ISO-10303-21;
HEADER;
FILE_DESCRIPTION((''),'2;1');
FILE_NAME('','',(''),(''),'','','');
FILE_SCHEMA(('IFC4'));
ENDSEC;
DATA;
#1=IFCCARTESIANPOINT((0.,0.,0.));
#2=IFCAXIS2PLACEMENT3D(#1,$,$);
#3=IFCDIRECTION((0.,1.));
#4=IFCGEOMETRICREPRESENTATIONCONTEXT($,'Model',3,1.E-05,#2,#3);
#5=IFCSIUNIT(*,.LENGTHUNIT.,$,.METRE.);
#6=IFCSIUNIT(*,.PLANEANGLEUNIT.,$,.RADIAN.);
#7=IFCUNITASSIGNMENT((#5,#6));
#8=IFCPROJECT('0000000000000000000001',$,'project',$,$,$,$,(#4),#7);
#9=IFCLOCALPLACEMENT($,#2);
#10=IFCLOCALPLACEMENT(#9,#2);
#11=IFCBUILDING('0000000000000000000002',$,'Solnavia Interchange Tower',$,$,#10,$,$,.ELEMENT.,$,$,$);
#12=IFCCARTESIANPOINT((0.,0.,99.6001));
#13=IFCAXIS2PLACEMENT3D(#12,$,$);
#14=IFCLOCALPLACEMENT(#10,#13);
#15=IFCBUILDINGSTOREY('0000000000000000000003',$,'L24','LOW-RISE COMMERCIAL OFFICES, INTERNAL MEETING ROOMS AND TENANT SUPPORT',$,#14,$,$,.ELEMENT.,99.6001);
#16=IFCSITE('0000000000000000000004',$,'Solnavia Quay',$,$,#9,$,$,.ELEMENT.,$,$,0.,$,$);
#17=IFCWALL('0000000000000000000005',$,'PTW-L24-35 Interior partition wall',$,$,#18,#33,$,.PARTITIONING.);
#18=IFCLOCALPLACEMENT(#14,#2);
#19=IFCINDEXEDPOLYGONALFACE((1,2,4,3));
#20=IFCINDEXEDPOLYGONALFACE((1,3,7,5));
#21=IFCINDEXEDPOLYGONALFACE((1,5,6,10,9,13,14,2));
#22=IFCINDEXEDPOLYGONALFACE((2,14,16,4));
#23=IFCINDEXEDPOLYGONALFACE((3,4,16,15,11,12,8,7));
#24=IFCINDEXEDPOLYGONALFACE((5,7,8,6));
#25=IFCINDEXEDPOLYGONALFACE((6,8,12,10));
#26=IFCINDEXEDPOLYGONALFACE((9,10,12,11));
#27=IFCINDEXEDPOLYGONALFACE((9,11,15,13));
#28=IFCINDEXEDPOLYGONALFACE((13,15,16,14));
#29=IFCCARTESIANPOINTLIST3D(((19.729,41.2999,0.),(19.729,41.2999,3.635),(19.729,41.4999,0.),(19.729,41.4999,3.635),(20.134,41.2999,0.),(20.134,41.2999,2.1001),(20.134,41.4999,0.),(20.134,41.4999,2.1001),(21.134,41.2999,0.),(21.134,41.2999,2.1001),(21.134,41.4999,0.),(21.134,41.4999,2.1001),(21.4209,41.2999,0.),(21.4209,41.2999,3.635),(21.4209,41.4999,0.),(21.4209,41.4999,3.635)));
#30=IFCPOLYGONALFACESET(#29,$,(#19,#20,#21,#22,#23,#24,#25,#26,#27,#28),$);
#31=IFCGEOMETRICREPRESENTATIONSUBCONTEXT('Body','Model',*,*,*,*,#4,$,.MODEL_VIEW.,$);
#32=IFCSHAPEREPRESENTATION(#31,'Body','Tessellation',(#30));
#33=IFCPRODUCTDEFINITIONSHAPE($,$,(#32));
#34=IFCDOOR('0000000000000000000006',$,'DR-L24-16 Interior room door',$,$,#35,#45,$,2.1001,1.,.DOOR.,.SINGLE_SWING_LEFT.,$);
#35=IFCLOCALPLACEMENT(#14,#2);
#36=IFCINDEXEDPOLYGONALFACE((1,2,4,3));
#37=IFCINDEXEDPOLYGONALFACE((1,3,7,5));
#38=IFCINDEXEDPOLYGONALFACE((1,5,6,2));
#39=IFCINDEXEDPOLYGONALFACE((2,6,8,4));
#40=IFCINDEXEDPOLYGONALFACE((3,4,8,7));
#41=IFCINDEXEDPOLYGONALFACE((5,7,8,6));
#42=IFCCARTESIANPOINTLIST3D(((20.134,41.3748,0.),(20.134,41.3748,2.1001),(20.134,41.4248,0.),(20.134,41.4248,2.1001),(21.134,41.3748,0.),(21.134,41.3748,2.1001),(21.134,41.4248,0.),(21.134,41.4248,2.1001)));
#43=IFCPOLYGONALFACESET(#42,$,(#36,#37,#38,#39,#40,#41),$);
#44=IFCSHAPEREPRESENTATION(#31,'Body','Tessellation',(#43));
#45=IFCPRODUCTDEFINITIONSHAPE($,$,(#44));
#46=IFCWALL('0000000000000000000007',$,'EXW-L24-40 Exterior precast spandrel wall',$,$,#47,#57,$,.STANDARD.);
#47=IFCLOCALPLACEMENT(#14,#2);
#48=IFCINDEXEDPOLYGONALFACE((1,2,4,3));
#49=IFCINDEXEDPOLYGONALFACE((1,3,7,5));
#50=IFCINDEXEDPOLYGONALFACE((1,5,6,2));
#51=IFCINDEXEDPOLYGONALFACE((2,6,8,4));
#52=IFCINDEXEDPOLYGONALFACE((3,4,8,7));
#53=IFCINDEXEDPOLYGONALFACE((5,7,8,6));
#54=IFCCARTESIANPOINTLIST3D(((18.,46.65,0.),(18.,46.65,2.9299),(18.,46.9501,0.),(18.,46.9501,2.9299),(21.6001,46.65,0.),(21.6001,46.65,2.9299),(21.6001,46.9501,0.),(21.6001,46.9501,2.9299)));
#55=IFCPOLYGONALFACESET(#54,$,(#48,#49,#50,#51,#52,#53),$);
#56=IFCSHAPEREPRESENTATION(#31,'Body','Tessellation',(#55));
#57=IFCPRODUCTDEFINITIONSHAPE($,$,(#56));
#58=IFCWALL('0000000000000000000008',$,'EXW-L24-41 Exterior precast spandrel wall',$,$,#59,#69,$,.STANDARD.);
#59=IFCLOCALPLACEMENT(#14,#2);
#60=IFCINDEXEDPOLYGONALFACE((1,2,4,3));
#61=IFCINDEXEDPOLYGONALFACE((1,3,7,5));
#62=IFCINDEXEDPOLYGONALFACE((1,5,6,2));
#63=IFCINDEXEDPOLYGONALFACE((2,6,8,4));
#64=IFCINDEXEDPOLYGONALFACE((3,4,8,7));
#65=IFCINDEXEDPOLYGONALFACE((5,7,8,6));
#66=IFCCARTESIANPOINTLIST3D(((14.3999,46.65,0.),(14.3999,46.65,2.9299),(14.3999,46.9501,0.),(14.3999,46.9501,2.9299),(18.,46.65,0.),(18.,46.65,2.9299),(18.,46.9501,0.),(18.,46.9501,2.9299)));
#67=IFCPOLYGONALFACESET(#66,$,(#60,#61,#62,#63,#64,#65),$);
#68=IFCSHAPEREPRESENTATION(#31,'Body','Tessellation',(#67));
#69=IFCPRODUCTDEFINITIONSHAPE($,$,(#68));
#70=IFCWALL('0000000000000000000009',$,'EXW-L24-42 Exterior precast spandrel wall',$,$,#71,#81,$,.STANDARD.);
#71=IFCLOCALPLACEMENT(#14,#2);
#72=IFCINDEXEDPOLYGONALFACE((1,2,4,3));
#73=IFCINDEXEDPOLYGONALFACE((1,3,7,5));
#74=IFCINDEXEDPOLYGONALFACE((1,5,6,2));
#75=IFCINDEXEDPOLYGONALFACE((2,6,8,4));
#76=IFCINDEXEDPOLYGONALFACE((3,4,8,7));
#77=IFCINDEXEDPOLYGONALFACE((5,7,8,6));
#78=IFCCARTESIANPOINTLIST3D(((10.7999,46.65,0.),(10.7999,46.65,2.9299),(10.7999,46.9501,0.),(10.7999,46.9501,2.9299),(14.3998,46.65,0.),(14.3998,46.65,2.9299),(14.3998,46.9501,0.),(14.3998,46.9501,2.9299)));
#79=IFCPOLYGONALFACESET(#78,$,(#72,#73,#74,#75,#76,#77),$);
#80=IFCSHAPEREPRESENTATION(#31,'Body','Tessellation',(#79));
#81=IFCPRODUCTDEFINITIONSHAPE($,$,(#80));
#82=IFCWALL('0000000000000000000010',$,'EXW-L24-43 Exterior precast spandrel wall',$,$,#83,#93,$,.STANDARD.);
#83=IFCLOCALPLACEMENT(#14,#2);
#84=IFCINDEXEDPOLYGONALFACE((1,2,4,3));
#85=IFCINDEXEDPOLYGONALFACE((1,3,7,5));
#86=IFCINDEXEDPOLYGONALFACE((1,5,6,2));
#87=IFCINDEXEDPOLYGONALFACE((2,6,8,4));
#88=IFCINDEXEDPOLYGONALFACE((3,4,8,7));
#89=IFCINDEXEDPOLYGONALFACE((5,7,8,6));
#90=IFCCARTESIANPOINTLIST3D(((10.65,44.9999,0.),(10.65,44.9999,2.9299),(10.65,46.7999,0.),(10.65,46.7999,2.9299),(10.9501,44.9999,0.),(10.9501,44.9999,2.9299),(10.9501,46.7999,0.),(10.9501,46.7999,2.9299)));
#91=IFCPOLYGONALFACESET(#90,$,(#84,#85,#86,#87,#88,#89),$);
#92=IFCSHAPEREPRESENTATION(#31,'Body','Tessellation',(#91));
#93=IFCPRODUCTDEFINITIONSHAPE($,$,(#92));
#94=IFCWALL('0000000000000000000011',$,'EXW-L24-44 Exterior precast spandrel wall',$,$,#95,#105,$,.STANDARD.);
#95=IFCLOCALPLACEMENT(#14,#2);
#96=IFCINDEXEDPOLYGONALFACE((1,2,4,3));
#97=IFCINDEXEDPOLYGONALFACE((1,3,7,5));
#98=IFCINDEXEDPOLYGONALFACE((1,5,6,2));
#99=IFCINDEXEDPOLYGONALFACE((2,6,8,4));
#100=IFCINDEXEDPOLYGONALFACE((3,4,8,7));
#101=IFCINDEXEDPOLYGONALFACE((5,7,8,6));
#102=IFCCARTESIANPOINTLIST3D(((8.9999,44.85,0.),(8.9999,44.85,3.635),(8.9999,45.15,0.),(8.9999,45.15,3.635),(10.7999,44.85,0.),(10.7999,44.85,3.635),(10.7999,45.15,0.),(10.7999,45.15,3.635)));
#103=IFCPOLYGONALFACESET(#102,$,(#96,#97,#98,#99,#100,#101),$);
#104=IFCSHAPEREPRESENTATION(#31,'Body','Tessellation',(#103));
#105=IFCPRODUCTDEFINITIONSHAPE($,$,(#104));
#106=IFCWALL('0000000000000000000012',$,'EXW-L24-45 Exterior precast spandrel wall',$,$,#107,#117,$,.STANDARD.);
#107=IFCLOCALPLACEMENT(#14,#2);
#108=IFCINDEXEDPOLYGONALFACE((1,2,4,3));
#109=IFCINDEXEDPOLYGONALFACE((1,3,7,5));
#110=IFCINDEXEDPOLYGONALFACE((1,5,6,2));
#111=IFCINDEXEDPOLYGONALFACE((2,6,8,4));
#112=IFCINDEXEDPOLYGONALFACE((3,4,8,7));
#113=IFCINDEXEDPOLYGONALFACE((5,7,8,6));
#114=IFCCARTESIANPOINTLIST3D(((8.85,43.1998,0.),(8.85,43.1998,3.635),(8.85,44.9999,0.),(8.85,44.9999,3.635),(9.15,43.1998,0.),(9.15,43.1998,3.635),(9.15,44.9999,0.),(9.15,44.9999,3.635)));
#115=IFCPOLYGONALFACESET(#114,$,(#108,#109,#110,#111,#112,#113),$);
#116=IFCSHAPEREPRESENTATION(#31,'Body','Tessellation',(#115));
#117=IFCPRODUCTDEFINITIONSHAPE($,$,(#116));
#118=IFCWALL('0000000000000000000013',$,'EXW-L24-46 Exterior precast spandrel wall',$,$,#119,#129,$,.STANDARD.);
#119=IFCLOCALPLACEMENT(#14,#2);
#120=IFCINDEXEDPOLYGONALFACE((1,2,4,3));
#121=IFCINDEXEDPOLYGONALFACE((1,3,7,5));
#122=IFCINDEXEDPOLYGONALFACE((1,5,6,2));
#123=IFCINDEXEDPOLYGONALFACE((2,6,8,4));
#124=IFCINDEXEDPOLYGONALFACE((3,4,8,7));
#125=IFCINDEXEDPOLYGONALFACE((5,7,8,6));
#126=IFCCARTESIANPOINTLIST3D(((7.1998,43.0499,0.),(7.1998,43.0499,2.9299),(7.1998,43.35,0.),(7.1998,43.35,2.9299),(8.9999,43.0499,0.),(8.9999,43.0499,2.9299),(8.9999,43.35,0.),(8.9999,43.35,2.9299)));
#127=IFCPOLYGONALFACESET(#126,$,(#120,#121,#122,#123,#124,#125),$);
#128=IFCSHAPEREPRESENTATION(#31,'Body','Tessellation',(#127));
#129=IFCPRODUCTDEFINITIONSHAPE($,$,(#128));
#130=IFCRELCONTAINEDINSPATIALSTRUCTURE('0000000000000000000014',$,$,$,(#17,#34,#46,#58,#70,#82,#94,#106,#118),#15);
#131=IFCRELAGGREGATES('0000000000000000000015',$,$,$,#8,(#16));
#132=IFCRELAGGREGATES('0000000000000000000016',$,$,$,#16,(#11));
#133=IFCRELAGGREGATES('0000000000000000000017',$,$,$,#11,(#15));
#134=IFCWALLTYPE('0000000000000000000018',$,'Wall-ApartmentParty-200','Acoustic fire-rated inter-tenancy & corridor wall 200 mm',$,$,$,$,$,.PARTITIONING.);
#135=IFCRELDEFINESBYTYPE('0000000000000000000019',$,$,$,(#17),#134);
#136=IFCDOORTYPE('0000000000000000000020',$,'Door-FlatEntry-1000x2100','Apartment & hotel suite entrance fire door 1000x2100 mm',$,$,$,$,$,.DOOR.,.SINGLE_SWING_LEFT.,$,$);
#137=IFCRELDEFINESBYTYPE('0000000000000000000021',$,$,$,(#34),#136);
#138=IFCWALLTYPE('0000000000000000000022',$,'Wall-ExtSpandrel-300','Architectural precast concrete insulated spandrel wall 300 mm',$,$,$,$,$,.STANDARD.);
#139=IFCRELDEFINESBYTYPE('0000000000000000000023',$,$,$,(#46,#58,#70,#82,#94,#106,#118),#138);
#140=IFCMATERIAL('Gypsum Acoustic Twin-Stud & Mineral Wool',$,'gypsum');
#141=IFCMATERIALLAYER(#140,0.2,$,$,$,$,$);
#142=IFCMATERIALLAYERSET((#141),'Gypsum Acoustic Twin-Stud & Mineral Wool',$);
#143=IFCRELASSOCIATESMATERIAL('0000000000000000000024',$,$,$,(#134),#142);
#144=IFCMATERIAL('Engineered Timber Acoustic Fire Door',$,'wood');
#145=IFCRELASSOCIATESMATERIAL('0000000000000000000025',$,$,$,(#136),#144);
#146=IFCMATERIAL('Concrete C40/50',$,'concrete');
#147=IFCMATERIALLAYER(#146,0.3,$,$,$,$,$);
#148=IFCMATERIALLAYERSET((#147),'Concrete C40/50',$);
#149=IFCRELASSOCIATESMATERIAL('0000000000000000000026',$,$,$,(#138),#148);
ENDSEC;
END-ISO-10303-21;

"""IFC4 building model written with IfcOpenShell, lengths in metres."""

from ifc_helpers import new_model, si_unit, direction, frame, frame_2d, origin, place, context, subcontext, project, spatial, rectangle, extrude, material, layer, layer_set, type_object, element, fill, save


model = new_model("IFC4")

# Units and contexts
model_context = context("Model", 3, precision=1e-05, world=origin(), true_north=direction((0.0, 1.0)))
body_context = subcontext(model_context, "Body", "Model", "MODEL_VIEW")
ifc_project = project(units=[si_unit("LENGTHUNIT", "METRE"), si_unit("PLANEANGLEUNIT", "RADIAN")], contexts=[model_context])

# Site, building, storey
site_placement = place(None, origin())
site = spatial("IfcSite", under=ifc_project, at=site_placement, Name="Solnavia Quay", CompositionType="ELEMENT", RefElevation=0.0)
building_placement = place(site_placement, origin())
building = spatial("IfcBuilding", under=site, at=building_placement, Name="Solnavia Interchange Tower", CompositionType="ELEMENT")
storey_placement = place(building_placement, frame((0.0, 0.0, 99.6001)))
storey = spatial("IfcBuildingStorey", under=building, at=storey_placement, Name="L24", Description="LOW-RISE COMMERCIAL OFFICES, INTERNAL MEETING ROOMS AND TENANT SUPPORT", CompositionType="ELEMENT", Elevation=99.6001)

# Shared definitions
ifc_material_1 = material(Name="Gypsum Acoustic Twin-Stud & Mineral Wool", Category="gypsum")
ifc_layer_1 = layer(ifc_material_1, 0.2)
ifc_layer_set_1 = layer_set([ifc_layer_1], Name="Gypsum Acoustic Twin-Stud & Mineral Wool")
wall_type_1 = type_object("IfcWallType", Name="Wall-ApartmentParty-200", Description="Acoustic fire-rated inter-tenancy & corridor wall 200 mm", PredefinedType="PARTITIONING", material=ifc_layer_set_1)

# Wall, opening, door
wall_1_placement = place(storey_placement, frame((19.729, 41.3999, 0.0), z_axis=(0.0, 0.0, 1.0), x_axis=(1.0, 0.0, 0.0)))
wall_1 = element("IfcWall", 1, at=wall_1_placement, inside=storey, type_object=wall_type_1, Name="PTW-L24-35 Interior partition wall", PredefinedType="PARTITIONING", context=body_context, shape_type="SweptSolid", body=[
    extrude(rectangle(XDim=1.6919, YDim=0.2, at=frame_2d((0.8459, 0.0))), origin(), (0.0, 0.0, 1.0), 3.635),
])
opening_placement = place(wall_1_placement, frame((0.405, 0.0, 0.0)))
opening = element("IfcOpeningElement", 2, at=opening_placement, cuts=wall_1, PredefinedType="OPENING", context=body_context, shape_type="SweptSolid", body=[
    extrude(rectangle(XDim=1.0, YDim=2.1001, at=frame_2d((0.5, 1.05))), frame((0.0, 0.1099, 0.0), z_axis=(0.0, -1.0, 0.0), x_axis=(1.0, 0.0, 0.0)), (0.0, 0.0, 1.0), 0.22),
])
ifc_material_2 = material(Name="Engineered Timber Acoustic Fire Door", Category="wood")
door_type = type_object("IfcDoorType", Name="Door-FlatEntry-1000x2100", Description="Apartment & hotel suite entrance fire door 1000x2100 mm", OperationType="SINGLE_SWING_LEFT", PredefinedType="DOOR", material=ifc_material_2)
door_placement = place(opening_placement, origin())
door = element("IfcDoor", 3, at=door_placement, inside=storey, type_object=door_type, Name="DR-L24-16 Interior room door", OperationType="SINGLE_SWING_LEFT", OverallHeight=2.1001, OverallWidth=1.0, PredefinedType="DOOR", context=body_context, shape_type="SweptSolid", body=[
    extrude(rectangle(XDim=1.0, YDim=2.1001, at=frame_2d((0.5, 1.05))), frame((0.0, 0.0249, 0.0), z_axis=(0.0, -1.0, 0.0), x_axis=(1.0, 0.0, 0.0)), (0.0, 0.0, 1.0), 0.05),
])
fill(opening, door)

# Walls
ifc_material_3 = material(Name="Concrete C40/50", Category="concrete")
ifc_layer_2 = layer(ifc_material_3, 0.3)
ifc_layer_set_2 = layer_set([ifc_layer_2], Name="Concrete C40/50")
wall_type_2 = type_object("IfcWallType", Name="Wall-ExtSpandrel-300", Description="Architectural precast concrete insulated spandrel wall 300 mm", PredefinedType="STANDARD", material=ifc_layer_set_2)
for number, where, z_axis, x_axis, name in (
    (4, (18.0, 46.8, 0.0), (0.0, 0.0, 1.0), (1.0, 0.0, 0.0), "EXW-L24-40 Exterior precast spandrel wall"),
    (5, (14.3999, 46.8, 0.0), (0.0, 0.0, 1.0), (1.0, 0.0, 0.0), "EXW-L24-41 Exterior precast spandrel wall"),
):
    element("IfcWall", number, at=place(storey_placement, frame(where, z_axis=z_axis, x_axis=x_axis)), inside=storey, type_object=wall_type_2, Name=name, PredefinedType="STANDARD", context=body_context, shape_type="SweptSolid", body=[
        extrude(rectangle(XDim=3.6001, YDim=0.3, at=frame_2d((1.8, 0.0))), origin(), (0.0, 0.0, 1.0), 2.9299),
    ])
wall_2_placement = place(storey_placement, frame((10.8, 46.8, 0.0), z_axis=(0.0, 0.0, 1.0), x_axis=(1.0, 0.0, 0.0)))
element("IfcWall", 6, at=wall_2_placement, inside=storey, type_object=wall_type_2, Name="EXW-L24-42 Exterior precast spandrel wall", PredefinedType="STANDARD", context=body_context, shape_type="SweptSolid", body=[
    extrude(rectangle(XDim=3.5999, YDim=0.3, at=frame_2d((1.7998, 0.0))), origin(), (0.0, 0.0, 1.0), 2.9299),
])
wall_3_placement = place(storey_placement, frame((10.8, 45.0, 0.0), z_axis=(0.0, 0.0, 1.0), x_axis=(0.0, 1.0, 0.0)))
element("IfcWall", 7, at=wall_3_placement, inside=storey, type_object=wall_type_2, Name="EXW-L24-43 Exterior precast spandrel wall", PredefinedType="STANDARD", context=body_context, shape_type="SweptSolid", body=[
    extrude(rectangle(XDim=1.8, YDim=0.3, at=frame_2d((0.8999, 0.0))), origin(), (0.0, 0.0, 1.0), 2.9299),
])
for number, where, z_axis, x_axis, name in (
    (8, (9.0, 45.0, 0.0), (0.0, 0.0, 1.0), (1.0, 0.0, 0.0), "EXW-L24-44 Exterior precast spandrel wall"),
    (9, (9.0, 43.2, 0.0), (0.0, 0.0, 1.0), (0.0, 1.0, 0.0), "EXW-L24-45 Exterior precast spandrel wall"),
):
    element("IfcWall", number, at=place(storey_placement, frame(where, z_axis=z_axis, x_axis=x_axis)), inside=storey, type_object=wall_type_2, Name=name, PredefinedType="STANDARD", context=body_context, shape_type="SweptSolid", body=[
        extrude(rectangle(XDim=1.8, YDim=0.3, at=frame_2d((0.8999, 0.0))), origin(), (0.0, 0.0, 1.0), 3.635),
    ])
wall_4_placement = place(storey_placement, frame((7.2, 43.2, 0.0), z_axis=(0.0, 0.0, 1.0), x_axis=(1.0, 0.0, 0.0)))
element("IfcWall", 10, at=wall_4_placement, inside=storey, type_object=wall_type_2, Name="EXW-L24-46 Exterior precast spandrel wall", PredefinedType="STANDARD", context=body_context, shape_type="SweptSolid", body=[
    extrude(rectangle(XDim=1.8, YDim=0.3, at=frame_2d((0.8999, 0.0))), origin(), (0.0, 0.0, 1.0), 2.9299),
])

save(model, "model.ifc")
